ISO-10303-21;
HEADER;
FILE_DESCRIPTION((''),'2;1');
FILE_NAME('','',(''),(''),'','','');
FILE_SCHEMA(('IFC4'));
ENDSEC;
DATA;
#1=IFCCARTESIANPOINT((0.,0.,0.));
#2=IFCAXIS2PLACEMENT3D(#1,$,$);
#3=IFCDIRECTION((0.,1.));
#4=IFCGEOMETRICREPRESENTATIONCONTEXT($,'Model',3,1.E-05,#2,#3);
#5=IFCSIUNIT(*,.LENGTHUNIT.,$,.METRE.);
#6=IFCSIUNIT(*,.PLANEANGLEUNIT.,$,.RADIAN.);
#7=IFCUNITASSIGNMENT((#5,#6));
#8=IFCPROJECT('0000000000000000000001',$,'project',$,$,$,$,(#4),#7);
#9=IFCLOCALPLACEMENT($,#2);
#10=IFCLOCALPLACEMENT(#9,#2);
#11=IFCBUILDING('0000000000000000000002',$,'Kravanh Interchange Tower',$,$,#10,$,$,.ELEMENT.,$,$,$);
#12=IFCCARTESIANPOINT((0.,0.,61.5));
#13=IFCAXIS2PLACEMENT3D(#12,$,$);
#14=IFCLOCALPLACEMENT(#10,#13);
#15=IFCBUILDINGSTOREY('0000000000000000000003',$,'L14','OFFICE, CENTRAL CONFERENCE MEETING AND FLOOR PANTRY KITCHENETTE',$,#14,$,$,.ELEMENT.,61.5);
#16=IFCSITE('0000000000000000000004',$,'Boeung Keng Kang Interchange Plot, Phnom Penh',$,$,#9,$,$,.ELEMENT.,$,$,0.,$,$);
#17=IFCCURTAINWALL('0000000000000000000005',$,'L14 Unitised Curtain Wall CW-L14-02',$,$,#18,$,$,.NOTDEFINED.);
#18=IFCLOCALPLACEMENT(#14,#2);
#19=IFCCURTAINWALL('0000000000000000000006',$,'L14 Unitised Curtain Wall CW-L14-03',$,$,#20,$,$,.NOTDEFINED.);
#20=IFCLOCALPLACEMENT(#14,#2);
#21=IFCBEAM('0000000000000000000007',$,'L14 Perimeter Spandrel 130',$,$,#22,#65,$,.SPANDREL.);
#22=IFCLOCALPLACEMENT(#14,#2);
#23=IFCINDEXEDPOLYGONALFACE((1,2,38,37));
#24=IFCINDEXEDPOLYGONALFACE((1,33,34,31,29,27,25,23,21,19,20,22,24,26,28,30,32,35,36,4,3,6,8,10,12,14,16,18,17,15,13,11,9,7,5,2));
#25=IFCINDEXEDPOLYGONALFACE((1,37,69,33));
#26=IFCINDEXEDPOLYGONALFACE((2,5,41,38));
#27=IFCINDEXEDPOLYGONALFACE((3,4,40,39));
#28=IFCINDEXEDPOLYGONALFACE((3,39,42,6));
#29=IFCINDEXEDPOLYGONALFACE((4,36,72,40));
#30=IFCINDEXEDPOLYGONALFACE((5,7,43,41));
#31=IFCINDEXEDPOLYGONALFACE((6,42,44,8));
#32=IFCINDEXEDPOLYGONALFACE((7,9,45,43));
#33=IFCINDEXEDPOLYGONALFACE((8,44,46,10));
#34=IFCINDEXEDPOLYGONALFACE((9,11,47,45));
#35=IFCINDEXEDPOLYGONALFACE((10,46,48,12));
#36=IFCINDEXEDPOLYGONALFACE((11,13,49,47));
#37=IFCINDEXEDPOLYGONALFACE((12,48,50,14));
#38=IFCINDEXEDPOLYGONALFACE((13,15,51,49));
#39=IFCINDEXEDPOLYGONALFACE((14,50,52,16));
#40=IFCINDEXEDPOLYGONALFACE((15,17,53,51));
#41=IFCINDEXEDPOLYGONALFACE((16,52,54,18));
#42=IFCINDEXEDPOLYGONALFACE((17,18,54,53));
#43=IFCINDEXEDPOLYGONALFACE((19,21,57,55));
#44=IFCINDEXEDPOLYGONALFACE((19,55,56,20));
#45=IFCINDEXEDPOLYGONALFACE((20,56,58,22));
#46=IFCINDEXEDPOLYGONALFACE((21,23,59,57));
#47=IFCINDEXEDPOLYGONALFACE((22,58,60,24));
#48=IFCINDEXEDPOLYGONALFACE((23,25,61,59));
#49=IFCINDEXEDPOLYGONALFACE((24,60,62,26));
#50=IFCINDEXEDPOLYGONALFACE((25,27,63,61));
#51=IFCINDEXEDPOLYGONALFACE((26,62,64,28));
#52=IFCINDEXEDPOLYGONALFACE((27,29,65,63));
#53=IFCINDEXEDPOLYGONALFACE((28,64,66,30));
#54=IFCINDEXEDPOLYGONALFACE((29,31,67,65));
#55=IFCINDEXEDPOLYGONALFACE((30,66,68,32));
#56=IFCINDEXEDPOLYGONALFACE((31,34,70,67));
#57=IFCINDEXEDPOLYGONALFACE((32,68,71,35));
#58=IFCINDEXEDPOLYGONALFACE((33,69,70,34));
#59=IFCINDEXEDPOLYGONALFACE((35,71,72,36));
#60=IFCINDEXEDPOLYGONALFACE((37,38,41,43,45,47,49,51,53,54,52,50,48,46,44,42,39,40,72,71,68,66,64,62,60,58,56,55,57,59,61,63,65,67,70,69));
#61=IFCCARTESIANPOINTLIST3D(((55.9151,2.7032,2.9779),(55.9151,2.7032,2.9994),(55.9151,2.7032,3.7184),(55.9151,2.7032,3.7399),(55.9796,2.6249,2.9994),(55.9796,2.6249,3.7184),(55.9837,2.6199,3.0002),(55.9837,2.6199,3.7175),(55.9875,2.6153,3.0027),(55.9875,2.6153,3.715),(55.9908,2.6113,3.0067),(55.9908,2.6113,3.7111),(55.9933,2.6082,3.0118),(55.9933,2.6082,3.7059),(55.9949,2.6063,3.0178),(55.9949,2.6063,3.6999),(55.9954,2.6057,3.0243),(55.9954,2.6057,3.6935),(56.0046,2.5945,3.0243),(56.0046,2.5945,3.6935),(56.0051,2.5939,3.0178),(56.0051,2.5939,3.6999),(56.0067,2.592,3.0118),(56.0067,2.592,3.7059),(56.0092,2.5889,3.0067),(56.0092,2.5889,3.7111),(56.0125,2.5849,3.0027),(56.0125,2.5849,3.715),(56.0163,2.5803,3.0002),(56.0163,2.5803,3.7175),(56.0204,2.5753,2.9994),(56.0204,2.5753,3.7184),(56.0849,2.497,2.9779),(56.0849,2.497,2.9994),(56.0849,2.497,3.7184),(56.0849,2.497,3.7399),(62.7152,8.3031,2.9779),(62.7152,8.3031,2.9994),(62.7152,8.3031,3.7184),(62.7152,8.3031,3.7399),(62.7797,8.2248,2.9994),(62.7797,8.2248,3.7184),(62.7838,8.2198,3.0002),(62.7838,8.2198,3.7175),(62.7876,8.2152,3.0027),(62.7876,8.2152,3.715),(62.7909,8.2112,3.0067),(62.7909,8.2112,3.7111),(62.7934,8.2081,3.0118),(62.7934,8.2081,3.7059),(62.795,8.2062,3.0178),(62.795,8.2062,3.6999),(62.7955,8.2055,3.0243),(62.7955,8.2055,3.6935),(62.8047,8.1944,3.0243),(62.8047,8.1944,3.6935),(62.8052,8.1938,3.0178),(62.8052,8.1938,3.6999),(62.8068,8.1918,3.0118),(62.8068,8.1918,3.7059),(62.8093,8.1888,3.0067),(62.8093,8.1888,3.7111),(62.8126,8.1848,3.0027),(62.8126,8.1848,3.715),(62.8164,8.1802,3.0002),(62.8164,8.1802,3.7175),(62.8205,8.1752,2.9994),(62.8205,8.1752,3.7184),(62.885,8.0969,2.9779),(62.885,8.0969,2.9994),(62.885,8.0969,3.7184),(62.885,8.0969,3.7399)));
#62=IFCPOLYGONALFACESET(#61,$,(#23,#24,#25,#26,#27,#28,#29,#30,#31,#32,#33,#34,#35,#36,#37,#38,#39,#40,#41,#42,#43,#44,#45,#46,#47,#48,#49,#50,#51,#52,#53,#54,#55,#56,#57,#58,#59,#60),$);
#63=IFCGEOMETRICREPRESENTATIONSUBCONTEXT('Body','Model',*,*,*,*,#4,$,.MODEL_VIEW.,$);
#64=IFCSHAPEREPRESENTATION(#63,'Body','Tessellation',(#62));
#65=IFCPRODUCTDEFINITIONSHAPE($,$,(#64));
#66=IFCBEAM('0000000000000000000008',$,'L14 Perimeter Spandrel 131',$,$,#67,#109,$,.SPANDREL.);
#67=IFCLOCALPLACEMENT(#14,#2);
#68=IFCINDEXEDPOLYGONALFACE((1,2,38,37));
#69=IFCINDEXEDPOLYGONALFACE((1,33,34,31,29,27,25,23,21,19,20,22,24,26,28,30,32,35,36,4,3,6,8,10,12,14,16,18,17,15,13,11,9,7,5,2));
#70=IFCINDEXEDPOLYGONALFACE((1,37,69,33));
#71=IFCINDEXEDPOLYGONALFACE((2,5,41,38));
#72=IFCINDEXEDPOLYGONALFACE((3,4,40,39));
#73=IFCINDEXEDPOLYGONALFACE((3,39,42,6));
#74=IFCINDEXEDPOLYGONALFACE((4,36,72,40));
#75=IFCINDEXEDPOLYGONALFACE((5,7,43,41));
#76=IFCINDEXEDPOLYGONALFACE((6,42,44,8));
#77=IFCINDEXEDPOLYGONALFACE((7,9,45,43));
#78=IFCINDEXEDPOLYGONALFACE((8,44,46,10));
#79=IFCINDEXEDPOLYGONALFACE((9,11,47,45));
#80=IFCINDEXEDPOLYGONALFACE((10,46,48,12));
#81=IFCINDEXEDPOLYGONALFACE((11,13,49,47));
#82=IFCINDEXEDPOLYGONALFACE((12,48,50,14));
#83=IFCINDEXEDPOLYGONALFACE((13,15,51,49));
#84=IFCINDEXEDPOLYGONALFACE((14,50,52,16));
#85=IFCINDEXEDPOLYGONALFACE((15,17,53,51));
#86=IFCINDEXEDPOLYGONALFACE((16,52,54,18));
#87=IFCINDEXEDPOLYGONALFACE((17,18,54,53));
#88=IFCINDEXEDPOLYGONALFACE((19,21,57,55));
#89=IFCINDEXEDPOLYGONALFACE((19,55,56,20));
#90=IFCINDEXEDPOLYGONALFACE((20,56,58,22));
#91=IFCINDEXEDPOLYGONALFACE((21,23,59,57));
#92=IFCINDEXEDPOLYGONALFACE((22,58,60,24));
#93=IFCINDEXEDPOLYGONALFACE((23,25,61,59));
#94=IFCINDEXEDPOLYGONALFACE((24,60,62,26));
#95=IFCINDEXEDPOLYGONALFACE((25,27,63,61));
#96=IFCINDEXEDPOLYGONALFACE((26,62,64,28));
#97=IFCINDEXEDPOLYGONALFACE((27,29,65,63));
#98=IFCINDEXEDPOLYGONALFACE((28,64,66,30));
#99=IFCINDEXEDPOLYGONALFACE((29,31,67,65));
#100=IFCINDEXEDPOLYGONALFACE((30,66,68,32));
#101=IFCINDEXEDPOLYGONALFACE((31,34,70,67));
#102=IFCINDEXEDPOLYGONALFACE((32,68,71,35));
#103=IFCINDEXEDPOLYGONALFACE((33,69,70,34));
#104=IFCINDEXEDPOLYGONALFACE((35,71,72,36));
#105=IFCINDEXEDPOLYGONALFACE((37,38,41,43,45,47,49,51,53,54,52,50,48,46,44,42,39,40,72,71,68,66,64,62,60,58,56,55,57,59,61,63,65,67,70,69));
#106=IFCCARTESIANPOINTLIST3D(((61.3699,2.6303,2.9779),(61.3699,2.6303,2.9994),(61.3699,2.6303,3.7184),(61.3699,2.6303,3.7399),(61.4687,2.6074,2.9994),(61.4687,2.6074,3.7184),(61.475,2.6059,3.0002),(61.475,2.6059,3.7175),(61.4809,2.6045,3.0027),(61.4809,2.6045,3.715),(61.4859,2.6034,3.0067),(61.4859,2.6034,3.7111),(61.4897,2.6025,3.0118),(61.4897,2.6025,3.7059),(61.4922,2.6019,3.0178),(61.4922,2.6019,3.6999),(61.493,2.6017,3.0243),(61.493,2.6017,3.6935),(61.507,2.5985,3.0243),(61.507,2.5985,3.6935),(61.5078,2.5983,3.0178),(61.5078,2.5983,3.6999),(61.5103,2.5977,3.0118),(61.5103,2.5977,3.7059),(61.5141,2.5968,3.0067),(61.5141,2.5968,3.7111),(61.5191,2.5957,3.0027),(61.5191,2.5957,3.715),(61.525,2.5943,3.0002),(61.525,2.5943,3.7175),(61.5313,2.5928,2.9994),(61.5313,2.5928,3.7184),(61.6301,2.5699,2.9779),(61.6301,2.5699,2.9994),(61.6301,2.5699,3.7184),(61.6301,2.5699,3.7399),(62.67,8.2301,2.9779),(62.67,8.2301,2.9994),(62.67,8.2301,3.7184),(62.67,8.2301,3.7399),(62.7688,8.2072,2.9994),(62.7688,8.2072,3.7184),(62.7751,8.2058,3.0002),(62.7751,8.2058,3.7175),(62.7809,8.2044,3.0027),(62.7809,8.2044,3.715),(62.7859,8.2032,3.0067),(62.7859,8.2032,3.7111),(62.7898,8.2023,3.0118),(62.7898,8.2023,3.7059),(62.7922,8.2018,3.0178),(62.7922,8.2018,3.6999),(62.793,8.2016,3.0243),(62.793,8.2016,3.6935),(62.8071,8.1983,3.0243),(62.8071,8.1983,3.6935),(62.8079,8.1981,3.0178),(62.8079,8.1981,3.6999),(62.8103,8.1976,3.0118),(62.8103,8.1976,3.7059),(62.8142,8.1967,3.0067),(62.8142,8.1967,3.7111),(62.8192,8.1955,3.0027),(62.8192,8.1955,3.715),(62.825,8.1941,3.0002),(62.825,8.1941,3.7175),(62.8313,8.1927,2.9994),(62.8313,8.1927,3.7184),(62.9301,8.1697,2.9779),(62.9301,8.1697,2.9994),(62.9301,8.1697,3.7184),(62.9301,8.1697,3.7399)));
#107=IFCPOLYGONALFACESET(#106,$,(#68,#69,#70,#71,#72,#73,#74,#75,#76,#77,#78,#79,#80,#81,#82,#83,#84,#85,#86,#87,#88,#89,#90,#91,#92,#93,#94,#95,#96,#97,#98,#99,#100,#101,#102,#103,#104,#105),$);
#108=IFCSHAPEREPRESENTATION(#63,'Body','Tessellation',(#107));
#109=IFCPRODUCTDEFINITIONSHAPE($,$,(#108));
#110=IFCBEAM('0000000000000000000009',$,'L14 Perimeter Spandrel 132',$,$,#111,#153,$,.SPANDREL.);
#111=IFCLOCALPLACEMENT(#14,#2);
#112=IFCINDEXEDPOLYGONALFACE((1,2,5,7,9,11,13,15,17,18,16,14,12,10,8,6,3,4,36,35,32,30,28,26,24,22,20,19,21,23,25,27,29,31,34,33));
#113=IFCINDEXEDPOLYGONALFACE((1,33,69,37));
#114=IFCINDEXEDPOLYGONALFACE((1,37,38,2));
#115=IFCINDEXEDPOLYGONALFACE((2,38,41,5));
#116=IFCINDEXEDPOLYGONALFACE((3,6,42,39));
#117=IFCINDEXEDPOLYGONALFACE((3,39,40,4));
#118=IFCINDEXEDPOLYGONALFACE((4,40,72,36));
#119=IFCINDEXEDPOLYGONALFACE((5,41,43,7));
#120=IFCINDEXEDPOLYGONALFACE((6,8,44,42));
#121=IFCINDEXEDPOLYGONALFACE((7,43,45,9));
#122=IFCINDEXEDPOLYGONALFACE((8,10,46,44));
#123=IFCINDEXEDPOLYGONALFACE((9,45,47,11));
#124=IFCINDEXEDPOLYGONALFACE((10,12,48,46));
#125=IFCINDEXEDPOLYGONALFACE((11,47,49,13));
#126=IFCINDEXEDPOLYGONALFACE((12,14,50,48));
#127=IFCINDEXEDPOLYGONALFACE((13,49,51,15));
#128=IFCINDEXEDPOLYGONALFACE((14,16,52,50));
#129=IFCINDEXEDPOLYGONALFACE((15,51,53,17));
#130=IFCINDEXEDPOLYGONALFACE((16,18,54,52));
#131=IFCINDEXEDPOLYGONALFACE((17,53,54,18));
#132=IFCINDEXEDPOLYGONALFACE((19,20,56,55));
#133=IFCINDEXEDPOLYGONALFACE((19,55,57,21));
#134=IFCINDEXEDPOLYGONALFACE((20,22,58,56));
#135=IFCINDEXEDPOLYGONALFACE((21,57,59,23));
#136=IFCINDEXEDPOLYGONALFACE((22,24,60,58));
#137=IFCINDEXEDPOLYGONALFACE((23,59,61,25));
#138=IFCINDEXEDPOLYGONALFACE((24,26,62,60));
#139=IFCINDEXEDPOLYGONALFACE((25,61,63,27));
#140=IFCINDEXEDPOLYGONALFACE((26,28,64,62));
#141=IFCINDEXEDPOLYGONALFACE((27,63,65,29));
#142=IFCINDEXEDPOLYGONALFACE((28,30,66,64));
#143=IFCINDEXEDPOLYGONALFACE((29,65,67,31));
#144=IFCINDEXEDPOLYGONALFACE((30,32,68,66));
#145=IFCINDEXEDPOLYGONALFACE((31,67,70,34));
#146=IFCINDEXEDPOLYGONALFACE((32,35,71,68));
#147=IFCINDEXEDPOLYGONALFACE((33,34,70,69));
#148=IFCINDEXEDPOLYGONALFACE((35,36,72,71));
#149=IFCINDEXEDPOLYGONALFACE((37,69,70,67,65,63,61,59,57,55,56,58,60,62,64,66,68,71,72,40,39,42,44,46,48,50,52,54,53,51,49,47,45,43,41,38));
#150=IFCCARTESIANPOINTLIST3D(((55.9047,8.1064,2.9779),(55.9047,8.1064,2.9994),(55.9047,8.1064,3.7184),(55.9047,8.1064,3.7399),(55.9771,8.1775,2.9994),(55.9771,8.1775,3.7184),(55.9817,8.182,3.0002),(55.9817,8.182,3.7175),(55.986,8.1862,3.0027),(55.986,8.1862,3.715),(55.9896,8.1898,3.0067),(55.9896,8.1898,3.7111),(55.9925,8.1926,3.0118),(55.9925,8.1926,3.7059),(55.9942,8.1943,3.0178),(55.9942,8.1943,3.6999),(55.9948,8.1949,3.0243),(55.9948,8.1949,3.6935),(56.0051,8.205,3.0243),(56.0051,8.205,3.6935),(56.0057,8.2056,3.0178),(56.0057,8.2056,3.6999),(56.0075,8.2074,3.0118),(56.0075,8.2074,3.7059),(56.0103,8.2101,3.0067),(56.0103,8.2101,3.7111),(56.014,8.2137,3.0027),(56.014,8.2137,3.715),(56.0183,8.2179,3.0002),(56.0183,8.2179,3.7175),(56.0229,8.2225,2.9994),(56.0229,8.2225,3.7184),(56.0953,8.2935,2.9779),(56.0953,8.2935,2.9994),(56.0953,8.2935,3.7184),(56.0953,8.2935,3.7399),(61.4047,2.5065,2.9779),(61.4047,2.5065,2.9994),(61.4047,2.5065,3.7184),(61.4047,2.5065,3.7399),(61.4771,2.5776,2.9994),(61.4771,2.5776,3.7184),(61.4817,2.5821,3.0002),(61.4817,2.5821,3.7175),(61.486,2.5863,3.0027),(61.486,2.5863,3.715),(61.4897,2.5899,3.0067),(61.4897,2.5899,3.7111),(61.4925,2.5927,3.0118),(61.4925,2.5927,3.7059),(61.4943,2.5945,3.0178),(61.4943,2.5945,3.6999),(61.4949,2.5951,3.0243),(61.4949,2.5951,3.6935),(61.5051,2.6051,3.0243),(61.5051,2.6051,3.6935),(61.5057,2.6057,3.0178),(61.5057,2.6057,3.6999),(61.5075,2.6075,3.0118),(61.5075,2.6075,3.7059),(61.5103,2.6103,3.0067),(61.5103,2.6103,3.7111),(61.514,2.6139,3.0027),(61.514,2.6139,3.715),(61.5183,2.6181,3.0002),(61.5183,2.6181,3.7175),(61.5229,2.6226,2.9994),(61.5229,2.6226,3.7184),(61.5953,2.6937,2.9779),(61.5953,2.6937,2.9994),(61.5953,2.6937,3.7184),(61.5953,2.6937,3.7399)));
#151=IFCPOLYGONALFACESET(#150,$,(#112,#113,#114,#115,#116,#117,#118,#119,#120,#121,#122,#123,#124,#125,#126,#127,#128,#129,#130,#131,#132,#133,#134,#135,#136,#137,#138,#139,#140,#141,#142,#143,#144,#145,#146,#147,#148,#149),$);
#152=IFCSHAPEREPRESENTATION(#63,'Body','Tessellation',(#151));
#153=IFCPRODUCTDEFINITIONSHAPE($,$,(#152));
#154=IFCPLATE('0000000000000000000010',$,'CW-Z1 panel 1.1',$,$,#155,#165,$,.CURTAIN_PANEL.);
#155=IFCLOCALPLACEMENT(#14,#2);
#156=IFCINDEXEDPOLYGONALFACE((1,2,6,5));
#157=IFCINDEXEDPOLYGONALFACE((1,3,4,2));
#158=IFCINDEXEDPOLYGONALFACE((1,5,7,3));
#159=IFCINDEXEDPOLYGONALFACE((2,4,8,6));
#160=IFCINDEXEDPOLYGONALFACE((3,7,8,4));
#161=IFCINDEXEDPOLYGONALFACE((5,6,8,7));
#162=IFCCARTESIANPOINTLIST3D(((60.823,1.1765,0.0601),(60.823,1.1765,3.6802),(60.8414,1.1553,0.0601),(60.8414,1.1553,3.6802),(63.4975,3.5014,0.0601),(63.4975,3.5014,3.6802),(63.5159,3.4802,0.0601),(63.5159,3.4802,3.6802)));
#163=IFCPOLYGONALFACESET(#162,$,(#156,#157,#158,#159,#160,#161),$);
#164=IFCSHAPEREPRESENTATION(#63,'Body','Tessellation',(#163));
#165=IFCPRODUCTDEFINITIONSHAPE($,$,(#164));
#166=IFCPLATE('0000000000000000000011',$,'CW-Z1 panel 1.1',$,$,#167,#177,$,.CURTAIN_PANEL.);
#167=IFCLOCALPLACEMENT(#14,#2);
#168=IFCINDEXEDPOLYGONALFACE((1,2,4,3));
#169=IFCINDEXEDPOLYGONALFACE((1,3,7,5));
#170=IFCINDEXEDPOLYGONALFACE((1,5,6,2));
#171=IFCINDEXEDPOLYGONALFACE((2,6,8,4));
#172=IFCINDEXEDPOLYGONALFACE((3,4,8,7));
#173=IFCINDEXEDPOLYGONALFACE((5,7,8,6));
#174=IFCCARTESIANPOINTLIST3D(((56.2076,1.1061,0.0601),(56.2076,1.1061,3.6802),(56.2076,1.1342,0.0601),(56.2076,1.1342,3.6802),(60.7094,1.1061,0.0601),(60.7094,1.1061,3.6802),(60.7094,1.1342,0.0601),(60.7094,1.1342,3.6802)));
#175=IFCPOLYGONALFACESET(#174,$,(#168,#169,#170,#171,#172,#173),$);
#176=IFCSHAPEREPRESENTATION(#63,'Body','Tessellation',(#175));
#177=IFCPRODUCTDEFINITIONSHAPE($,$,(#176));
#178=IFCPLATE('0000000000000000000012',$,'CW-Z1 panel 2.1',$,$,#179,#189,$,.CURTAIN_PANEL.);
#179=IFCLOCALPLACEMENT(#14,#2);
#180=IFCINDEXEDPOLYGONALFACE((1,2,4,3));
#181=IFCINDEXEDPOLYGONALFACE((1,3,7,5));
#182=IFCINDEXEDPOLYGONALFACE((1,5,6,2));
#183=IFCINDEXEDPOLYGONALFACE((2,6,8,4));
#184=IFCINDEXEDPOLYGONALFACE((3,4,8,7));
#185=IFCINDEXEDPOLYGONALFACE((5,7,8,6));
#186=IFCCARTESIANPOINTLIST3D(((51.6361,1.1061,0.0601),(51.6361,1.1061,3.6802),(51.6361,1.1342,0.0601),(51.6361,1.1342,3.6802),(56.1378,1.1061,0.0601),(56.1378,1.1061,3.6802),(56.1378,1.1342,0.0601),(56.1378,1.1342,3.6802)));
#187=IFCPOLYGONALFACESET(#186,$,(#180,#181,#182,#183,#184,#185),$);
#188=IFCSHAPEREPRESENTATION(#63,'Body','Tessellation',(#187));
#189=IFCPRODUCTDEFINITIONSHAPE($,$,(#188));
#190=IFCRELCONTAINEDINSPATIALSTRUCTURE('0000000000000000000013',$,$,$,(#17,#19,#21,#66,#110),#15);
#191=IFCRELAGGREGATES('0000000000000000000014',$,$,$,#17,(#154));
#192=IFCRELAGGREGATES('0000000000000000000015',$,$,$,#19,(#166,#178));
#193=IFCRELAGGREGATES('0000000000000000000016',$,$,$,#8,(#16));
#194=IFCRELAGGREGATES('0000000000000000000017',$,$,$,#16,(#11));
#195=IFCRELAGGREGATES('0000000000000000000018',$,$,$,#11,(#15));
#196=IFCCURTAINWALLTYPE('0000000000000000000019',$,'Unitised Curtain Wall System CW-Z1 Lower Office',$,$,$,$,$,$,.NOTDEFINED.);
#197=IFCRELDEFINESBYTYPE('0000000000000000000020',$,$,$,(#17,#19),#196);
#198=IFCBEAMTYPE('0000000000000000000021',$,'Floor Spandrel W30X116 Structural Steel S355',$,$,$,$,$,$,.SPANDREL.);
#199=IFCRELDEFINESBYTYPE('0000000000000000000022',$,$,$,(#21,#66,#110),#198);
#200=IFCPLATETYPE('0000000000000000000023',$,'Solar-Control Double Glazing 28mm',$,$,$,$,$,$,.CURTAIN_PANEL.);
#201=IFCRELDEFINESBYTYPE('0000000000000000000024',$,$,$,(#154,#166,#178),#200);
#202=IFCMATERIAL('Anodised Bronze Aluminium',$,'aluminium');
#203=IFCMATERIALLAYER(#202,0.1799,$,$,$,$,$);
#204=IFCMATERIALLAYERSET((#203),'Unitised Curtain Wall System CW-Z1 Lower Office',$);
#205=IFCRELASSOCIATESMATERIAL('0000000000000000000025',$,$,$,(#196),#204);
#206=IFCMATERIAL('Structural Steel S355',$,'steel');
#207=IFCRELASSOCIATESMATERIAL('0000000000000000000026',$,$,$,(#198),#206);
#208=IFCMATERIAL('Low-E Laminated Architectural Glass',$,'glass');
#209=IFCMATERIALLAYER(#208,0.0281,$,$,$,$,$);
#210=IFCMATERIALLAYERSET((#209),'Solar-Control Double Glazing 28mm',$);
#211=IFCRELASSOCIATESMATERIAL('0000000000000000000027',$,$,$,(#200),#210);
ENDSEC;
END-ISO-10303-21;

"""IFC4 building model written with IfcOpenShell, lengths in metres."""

from ifc_helpers import new_model, si_unit, direction, frame, origin, origin_2d, place, context, subcontext, project, spatial, rectangle, i_section, extrude, material, layer, layer_set, material_profile, profile_set, type_object, element, aggregate, save


model = new_model("IFC4")

# Units and contexts
model_context = context("Model", 3, precision=1e-05, world=origin(), true_north=direction((0.0, 1.0)))
body_context = subcontext(model_context, "Body", "Model", "MODEL_VIEW")
ifc_project = project(units=[si_unit("LENGTHUNIT", "METRE"), si_unit("PLANEANGLEUNIT", "RADIAN")], contexts=[model_context])

# Site, building, storey
site_placement = place(None, origin())
site = spatial("IfcSite", under=ifc_project, at=site_placement, Name="Boeung Keng Kang Interchange Plot, Phnom Penh", CompositionType="ELEMENT", RefElevation=0.0)
building_placement = place(site_placement, origin())
building = spatial("IfcBuilding", under=site, at=building_placement, Name="Kravanh Interchange Tower", CompositionType="ELEMENT")
storey_placement = place(building_placement, frame((0.0, 0.0, 61.5)))
storey = spatial("IfcBuildingStorey", under=building, at=storey_placement, Name="L14", Description="OFFICE, CENTRAL CONFERENCE MEETING AND FLOOR PANTRY KITCHENETTE", CompositionType="ELEMENT", Elevation=61.5)

# Curtain walls
ifc_material_1 = material(Name="Anodised Bronze Aluminium", Category="aluminium")
ifc_layer_1 = layer(ifc_material_1, 0.1799)
ifc_layer_set_1 = layer_set([ifc_layer_1], Name="Unitised Curtain Wall System CW-Z1 Lower Office")
curtain_wall_type = type_object("IfcCurtainWallType", Name="Unitised Curtain Wall System CW-Z1 Lower Office", PredefinedType="NOTDEFINED", material=ifc_layer_set_1)
curtain_wall_1_placement = place(storey_placement, origin())
curtain_wall_1 = element("IfcCurtainWall", 1, at=curtain_wall_1_placement, inside=storey, type_object=curtain_wall_type, Name="L14 Unitised Curtain Wall CW-L14-02", PredefinedType="NOTDEFINED")
curtain_wall_2_placement = place(storey_placement, origin())
curtain_wall_2 = element("IfcCurtainWall", 2, at=curtain_wall_2_placement, inside=storey, type_object=curtain_wall_type, Name="L14 Unitised Curtain Wall CW-L14-03", PredefinedType="NOTDEFINED")

# Beams
ifc_material_2 = material(Name="Structural Steel S355", Category="steel")
ifc_material_profile_1 = material_profile(ifc_material_2, i_section(OverallWidth=0.2671, OverallDepth=0.762, WebThickness=0.0144, FlangeThickness=0.0215, FilletRadius=0.0249, at=origin_2d()), Name="W30X116")
ifc_profile_set_1 = profile_set([ifc_material_profile_1], Name="Structural Steel S355")
beam_type_1 = type_object("IfcBeamType", Name="Floor Spandrel W30X116 Structural Steel S355", PredefinedType="SPANDREL", material=ifc_profile_set_1)
beam_1_placement = place(storey_placement, frame((56.0, 2.6001, 3.3589), z_axis=(0.771941, 0.635695, 0.0), x_axis=(-0.635695, 0.771941, 0.0)))
element("IfcBeam", 3, at=beam_1_placement, inside=storey, type_object=beam_type_1, Name="L14 Perimeter Spandrel 130", PredefinedType="SPANDREL", context=body_context, shape_type="SweptSolid", body=[
    extrude(i_section(OverallWidth=0.2671, OverallDepth=0.762, WebThickness=0.0144, FlangeThickness=0.0215, FilletRadius=0.0249, at=origin_2d()), origin(), (0.0, 0.0, 1.0), 8.8091),
])
beam_2_placement = place(storey_placement, frame((61.5, 2.6001, 3.3589), z_axis=(0.226143, 0.974094, 0.0), x_axis=(-0.974094, 0.226143, 0.0)))
element("IfcBeam", 4, at=beam_2_placement, inside=storey, type_object=beam_type_1, Name="L14 Perimeter Spandrel 131", PredefinedType="SPANDREL", context=body_context, shape_type="SweptSolid", body=[
    extrude(i_section(OverallWidth=0.2671, OverallDepth=0.762, WebThickness=0.0144, FlangeThickness=0.0215, FilletRadius=0.0249, at=origin_2d()), origin(), (0.0, 0.0, 1.0), 5.7488),
])
beam_3_placement = place(storey_placement, frame((61.5, 2.6001, 3.3589), z_axis=(-0.700717, 0.713439, 0.0), x_axis=(-0.713439, -0.700717, 0.0)))
element("IfcBeam", 5, at=beam_3_placement, inside=storey, type_object=beam_type_1, Name="L14 Perimeter Spandrel 132", PredefinedType="SPANDREL", context=body_context, shape_type="SweptSolid", body=[
    extrude(i_section(OverallWidth=0.2671, OverallDepth=0.762, WebThickness=0.0144, FlangeThickness=0.0215, FilletRadius=0.0249, at=origin_2d()), origin(), (0.0, 0.0, 1.0), 7.8491),
])

# Plates
ifc_material_3 = material(Name="Low-E Laminated Architectural Glass", Category="glass")
ifc_layer_2 = layer(ifc_material_3, 0.0281)
ifc_layer_set_2 = layer_set([ifc_layer_2], Name="Solar-Control Double Glazing 28mm")
plate_type = type_object("IfcPlateType", Name="Solar-Control Double Glazing 28mm", PredefinedType="CURTAIN_PANEL", material=ifc_layer_set_2)
plate_1_placement = place(storey_placement, frame((62.1694, 2.3284, 0.0601), z_axis=(0.0, 0.0, 1.0), x_axis=(-0.754708, -0.65606, 0.0)))
plate_1 = element("IfcPlate", 6, at=plate_1_placement, type_object=plate_type, Name="CW-Z1 panel 1.1", PredefinedType="CURTAIN_PANEL", context=body_context, shape_type="SweptSolid", body=[
    extrude(rectangle(XDim=3.5437, YDim=0.0281, at=origin_2d()), origin(), (0.0, 0.0, 1.0), 3.6201),
])
aggregate(curtain_wall_1, [plate_1])
plate_2_placement = place(storey_placement, frame((58.4585, 1.1201, 0.0601), z_axis=(0.0, 0.0, 1.0), x_axis=(-1.0, 0.0, 0.0)))
plate_2 = element("IfcPlate", 7, at=plate_2_placement, type_object=plate_type, Name="CW-Z1 panel 1.1", PredefinedType="CURTAIN_PANEL", context=body_context, shape_type="SweptSolid", body=[
    extrude(rectangle(XDim=4.5017, YDim=0.0281, at=origin_2d()), origin(), (0.0, 0.0, 1.0), 3.6201),
])
plate_3_placement = place(storey_placement, frame((53.887, 1.1201, 0.0601), z_axis=(0.0, 0.0, 1.0), x_axis=(-1.0, 0.0, 0.0)))
plate_3 = element("IfcPlate", 8, at=plate_3_placement, type_object=plate_type, Name="CW-Z1 panel 2.1", PredefinedType="CURTAIN_PANEL", context=body_context, shape_type="SweptSolid", body=[
    extrude(rectangle(XDim=4.5017, YDim=0.0281, at=origin_2d()), origin(), (0.0, 0.0, 1.0), 3.6201),
])
aggregate(curtain_wall_2, [plate_2, plate_3])

save(model, "model.ifc")
